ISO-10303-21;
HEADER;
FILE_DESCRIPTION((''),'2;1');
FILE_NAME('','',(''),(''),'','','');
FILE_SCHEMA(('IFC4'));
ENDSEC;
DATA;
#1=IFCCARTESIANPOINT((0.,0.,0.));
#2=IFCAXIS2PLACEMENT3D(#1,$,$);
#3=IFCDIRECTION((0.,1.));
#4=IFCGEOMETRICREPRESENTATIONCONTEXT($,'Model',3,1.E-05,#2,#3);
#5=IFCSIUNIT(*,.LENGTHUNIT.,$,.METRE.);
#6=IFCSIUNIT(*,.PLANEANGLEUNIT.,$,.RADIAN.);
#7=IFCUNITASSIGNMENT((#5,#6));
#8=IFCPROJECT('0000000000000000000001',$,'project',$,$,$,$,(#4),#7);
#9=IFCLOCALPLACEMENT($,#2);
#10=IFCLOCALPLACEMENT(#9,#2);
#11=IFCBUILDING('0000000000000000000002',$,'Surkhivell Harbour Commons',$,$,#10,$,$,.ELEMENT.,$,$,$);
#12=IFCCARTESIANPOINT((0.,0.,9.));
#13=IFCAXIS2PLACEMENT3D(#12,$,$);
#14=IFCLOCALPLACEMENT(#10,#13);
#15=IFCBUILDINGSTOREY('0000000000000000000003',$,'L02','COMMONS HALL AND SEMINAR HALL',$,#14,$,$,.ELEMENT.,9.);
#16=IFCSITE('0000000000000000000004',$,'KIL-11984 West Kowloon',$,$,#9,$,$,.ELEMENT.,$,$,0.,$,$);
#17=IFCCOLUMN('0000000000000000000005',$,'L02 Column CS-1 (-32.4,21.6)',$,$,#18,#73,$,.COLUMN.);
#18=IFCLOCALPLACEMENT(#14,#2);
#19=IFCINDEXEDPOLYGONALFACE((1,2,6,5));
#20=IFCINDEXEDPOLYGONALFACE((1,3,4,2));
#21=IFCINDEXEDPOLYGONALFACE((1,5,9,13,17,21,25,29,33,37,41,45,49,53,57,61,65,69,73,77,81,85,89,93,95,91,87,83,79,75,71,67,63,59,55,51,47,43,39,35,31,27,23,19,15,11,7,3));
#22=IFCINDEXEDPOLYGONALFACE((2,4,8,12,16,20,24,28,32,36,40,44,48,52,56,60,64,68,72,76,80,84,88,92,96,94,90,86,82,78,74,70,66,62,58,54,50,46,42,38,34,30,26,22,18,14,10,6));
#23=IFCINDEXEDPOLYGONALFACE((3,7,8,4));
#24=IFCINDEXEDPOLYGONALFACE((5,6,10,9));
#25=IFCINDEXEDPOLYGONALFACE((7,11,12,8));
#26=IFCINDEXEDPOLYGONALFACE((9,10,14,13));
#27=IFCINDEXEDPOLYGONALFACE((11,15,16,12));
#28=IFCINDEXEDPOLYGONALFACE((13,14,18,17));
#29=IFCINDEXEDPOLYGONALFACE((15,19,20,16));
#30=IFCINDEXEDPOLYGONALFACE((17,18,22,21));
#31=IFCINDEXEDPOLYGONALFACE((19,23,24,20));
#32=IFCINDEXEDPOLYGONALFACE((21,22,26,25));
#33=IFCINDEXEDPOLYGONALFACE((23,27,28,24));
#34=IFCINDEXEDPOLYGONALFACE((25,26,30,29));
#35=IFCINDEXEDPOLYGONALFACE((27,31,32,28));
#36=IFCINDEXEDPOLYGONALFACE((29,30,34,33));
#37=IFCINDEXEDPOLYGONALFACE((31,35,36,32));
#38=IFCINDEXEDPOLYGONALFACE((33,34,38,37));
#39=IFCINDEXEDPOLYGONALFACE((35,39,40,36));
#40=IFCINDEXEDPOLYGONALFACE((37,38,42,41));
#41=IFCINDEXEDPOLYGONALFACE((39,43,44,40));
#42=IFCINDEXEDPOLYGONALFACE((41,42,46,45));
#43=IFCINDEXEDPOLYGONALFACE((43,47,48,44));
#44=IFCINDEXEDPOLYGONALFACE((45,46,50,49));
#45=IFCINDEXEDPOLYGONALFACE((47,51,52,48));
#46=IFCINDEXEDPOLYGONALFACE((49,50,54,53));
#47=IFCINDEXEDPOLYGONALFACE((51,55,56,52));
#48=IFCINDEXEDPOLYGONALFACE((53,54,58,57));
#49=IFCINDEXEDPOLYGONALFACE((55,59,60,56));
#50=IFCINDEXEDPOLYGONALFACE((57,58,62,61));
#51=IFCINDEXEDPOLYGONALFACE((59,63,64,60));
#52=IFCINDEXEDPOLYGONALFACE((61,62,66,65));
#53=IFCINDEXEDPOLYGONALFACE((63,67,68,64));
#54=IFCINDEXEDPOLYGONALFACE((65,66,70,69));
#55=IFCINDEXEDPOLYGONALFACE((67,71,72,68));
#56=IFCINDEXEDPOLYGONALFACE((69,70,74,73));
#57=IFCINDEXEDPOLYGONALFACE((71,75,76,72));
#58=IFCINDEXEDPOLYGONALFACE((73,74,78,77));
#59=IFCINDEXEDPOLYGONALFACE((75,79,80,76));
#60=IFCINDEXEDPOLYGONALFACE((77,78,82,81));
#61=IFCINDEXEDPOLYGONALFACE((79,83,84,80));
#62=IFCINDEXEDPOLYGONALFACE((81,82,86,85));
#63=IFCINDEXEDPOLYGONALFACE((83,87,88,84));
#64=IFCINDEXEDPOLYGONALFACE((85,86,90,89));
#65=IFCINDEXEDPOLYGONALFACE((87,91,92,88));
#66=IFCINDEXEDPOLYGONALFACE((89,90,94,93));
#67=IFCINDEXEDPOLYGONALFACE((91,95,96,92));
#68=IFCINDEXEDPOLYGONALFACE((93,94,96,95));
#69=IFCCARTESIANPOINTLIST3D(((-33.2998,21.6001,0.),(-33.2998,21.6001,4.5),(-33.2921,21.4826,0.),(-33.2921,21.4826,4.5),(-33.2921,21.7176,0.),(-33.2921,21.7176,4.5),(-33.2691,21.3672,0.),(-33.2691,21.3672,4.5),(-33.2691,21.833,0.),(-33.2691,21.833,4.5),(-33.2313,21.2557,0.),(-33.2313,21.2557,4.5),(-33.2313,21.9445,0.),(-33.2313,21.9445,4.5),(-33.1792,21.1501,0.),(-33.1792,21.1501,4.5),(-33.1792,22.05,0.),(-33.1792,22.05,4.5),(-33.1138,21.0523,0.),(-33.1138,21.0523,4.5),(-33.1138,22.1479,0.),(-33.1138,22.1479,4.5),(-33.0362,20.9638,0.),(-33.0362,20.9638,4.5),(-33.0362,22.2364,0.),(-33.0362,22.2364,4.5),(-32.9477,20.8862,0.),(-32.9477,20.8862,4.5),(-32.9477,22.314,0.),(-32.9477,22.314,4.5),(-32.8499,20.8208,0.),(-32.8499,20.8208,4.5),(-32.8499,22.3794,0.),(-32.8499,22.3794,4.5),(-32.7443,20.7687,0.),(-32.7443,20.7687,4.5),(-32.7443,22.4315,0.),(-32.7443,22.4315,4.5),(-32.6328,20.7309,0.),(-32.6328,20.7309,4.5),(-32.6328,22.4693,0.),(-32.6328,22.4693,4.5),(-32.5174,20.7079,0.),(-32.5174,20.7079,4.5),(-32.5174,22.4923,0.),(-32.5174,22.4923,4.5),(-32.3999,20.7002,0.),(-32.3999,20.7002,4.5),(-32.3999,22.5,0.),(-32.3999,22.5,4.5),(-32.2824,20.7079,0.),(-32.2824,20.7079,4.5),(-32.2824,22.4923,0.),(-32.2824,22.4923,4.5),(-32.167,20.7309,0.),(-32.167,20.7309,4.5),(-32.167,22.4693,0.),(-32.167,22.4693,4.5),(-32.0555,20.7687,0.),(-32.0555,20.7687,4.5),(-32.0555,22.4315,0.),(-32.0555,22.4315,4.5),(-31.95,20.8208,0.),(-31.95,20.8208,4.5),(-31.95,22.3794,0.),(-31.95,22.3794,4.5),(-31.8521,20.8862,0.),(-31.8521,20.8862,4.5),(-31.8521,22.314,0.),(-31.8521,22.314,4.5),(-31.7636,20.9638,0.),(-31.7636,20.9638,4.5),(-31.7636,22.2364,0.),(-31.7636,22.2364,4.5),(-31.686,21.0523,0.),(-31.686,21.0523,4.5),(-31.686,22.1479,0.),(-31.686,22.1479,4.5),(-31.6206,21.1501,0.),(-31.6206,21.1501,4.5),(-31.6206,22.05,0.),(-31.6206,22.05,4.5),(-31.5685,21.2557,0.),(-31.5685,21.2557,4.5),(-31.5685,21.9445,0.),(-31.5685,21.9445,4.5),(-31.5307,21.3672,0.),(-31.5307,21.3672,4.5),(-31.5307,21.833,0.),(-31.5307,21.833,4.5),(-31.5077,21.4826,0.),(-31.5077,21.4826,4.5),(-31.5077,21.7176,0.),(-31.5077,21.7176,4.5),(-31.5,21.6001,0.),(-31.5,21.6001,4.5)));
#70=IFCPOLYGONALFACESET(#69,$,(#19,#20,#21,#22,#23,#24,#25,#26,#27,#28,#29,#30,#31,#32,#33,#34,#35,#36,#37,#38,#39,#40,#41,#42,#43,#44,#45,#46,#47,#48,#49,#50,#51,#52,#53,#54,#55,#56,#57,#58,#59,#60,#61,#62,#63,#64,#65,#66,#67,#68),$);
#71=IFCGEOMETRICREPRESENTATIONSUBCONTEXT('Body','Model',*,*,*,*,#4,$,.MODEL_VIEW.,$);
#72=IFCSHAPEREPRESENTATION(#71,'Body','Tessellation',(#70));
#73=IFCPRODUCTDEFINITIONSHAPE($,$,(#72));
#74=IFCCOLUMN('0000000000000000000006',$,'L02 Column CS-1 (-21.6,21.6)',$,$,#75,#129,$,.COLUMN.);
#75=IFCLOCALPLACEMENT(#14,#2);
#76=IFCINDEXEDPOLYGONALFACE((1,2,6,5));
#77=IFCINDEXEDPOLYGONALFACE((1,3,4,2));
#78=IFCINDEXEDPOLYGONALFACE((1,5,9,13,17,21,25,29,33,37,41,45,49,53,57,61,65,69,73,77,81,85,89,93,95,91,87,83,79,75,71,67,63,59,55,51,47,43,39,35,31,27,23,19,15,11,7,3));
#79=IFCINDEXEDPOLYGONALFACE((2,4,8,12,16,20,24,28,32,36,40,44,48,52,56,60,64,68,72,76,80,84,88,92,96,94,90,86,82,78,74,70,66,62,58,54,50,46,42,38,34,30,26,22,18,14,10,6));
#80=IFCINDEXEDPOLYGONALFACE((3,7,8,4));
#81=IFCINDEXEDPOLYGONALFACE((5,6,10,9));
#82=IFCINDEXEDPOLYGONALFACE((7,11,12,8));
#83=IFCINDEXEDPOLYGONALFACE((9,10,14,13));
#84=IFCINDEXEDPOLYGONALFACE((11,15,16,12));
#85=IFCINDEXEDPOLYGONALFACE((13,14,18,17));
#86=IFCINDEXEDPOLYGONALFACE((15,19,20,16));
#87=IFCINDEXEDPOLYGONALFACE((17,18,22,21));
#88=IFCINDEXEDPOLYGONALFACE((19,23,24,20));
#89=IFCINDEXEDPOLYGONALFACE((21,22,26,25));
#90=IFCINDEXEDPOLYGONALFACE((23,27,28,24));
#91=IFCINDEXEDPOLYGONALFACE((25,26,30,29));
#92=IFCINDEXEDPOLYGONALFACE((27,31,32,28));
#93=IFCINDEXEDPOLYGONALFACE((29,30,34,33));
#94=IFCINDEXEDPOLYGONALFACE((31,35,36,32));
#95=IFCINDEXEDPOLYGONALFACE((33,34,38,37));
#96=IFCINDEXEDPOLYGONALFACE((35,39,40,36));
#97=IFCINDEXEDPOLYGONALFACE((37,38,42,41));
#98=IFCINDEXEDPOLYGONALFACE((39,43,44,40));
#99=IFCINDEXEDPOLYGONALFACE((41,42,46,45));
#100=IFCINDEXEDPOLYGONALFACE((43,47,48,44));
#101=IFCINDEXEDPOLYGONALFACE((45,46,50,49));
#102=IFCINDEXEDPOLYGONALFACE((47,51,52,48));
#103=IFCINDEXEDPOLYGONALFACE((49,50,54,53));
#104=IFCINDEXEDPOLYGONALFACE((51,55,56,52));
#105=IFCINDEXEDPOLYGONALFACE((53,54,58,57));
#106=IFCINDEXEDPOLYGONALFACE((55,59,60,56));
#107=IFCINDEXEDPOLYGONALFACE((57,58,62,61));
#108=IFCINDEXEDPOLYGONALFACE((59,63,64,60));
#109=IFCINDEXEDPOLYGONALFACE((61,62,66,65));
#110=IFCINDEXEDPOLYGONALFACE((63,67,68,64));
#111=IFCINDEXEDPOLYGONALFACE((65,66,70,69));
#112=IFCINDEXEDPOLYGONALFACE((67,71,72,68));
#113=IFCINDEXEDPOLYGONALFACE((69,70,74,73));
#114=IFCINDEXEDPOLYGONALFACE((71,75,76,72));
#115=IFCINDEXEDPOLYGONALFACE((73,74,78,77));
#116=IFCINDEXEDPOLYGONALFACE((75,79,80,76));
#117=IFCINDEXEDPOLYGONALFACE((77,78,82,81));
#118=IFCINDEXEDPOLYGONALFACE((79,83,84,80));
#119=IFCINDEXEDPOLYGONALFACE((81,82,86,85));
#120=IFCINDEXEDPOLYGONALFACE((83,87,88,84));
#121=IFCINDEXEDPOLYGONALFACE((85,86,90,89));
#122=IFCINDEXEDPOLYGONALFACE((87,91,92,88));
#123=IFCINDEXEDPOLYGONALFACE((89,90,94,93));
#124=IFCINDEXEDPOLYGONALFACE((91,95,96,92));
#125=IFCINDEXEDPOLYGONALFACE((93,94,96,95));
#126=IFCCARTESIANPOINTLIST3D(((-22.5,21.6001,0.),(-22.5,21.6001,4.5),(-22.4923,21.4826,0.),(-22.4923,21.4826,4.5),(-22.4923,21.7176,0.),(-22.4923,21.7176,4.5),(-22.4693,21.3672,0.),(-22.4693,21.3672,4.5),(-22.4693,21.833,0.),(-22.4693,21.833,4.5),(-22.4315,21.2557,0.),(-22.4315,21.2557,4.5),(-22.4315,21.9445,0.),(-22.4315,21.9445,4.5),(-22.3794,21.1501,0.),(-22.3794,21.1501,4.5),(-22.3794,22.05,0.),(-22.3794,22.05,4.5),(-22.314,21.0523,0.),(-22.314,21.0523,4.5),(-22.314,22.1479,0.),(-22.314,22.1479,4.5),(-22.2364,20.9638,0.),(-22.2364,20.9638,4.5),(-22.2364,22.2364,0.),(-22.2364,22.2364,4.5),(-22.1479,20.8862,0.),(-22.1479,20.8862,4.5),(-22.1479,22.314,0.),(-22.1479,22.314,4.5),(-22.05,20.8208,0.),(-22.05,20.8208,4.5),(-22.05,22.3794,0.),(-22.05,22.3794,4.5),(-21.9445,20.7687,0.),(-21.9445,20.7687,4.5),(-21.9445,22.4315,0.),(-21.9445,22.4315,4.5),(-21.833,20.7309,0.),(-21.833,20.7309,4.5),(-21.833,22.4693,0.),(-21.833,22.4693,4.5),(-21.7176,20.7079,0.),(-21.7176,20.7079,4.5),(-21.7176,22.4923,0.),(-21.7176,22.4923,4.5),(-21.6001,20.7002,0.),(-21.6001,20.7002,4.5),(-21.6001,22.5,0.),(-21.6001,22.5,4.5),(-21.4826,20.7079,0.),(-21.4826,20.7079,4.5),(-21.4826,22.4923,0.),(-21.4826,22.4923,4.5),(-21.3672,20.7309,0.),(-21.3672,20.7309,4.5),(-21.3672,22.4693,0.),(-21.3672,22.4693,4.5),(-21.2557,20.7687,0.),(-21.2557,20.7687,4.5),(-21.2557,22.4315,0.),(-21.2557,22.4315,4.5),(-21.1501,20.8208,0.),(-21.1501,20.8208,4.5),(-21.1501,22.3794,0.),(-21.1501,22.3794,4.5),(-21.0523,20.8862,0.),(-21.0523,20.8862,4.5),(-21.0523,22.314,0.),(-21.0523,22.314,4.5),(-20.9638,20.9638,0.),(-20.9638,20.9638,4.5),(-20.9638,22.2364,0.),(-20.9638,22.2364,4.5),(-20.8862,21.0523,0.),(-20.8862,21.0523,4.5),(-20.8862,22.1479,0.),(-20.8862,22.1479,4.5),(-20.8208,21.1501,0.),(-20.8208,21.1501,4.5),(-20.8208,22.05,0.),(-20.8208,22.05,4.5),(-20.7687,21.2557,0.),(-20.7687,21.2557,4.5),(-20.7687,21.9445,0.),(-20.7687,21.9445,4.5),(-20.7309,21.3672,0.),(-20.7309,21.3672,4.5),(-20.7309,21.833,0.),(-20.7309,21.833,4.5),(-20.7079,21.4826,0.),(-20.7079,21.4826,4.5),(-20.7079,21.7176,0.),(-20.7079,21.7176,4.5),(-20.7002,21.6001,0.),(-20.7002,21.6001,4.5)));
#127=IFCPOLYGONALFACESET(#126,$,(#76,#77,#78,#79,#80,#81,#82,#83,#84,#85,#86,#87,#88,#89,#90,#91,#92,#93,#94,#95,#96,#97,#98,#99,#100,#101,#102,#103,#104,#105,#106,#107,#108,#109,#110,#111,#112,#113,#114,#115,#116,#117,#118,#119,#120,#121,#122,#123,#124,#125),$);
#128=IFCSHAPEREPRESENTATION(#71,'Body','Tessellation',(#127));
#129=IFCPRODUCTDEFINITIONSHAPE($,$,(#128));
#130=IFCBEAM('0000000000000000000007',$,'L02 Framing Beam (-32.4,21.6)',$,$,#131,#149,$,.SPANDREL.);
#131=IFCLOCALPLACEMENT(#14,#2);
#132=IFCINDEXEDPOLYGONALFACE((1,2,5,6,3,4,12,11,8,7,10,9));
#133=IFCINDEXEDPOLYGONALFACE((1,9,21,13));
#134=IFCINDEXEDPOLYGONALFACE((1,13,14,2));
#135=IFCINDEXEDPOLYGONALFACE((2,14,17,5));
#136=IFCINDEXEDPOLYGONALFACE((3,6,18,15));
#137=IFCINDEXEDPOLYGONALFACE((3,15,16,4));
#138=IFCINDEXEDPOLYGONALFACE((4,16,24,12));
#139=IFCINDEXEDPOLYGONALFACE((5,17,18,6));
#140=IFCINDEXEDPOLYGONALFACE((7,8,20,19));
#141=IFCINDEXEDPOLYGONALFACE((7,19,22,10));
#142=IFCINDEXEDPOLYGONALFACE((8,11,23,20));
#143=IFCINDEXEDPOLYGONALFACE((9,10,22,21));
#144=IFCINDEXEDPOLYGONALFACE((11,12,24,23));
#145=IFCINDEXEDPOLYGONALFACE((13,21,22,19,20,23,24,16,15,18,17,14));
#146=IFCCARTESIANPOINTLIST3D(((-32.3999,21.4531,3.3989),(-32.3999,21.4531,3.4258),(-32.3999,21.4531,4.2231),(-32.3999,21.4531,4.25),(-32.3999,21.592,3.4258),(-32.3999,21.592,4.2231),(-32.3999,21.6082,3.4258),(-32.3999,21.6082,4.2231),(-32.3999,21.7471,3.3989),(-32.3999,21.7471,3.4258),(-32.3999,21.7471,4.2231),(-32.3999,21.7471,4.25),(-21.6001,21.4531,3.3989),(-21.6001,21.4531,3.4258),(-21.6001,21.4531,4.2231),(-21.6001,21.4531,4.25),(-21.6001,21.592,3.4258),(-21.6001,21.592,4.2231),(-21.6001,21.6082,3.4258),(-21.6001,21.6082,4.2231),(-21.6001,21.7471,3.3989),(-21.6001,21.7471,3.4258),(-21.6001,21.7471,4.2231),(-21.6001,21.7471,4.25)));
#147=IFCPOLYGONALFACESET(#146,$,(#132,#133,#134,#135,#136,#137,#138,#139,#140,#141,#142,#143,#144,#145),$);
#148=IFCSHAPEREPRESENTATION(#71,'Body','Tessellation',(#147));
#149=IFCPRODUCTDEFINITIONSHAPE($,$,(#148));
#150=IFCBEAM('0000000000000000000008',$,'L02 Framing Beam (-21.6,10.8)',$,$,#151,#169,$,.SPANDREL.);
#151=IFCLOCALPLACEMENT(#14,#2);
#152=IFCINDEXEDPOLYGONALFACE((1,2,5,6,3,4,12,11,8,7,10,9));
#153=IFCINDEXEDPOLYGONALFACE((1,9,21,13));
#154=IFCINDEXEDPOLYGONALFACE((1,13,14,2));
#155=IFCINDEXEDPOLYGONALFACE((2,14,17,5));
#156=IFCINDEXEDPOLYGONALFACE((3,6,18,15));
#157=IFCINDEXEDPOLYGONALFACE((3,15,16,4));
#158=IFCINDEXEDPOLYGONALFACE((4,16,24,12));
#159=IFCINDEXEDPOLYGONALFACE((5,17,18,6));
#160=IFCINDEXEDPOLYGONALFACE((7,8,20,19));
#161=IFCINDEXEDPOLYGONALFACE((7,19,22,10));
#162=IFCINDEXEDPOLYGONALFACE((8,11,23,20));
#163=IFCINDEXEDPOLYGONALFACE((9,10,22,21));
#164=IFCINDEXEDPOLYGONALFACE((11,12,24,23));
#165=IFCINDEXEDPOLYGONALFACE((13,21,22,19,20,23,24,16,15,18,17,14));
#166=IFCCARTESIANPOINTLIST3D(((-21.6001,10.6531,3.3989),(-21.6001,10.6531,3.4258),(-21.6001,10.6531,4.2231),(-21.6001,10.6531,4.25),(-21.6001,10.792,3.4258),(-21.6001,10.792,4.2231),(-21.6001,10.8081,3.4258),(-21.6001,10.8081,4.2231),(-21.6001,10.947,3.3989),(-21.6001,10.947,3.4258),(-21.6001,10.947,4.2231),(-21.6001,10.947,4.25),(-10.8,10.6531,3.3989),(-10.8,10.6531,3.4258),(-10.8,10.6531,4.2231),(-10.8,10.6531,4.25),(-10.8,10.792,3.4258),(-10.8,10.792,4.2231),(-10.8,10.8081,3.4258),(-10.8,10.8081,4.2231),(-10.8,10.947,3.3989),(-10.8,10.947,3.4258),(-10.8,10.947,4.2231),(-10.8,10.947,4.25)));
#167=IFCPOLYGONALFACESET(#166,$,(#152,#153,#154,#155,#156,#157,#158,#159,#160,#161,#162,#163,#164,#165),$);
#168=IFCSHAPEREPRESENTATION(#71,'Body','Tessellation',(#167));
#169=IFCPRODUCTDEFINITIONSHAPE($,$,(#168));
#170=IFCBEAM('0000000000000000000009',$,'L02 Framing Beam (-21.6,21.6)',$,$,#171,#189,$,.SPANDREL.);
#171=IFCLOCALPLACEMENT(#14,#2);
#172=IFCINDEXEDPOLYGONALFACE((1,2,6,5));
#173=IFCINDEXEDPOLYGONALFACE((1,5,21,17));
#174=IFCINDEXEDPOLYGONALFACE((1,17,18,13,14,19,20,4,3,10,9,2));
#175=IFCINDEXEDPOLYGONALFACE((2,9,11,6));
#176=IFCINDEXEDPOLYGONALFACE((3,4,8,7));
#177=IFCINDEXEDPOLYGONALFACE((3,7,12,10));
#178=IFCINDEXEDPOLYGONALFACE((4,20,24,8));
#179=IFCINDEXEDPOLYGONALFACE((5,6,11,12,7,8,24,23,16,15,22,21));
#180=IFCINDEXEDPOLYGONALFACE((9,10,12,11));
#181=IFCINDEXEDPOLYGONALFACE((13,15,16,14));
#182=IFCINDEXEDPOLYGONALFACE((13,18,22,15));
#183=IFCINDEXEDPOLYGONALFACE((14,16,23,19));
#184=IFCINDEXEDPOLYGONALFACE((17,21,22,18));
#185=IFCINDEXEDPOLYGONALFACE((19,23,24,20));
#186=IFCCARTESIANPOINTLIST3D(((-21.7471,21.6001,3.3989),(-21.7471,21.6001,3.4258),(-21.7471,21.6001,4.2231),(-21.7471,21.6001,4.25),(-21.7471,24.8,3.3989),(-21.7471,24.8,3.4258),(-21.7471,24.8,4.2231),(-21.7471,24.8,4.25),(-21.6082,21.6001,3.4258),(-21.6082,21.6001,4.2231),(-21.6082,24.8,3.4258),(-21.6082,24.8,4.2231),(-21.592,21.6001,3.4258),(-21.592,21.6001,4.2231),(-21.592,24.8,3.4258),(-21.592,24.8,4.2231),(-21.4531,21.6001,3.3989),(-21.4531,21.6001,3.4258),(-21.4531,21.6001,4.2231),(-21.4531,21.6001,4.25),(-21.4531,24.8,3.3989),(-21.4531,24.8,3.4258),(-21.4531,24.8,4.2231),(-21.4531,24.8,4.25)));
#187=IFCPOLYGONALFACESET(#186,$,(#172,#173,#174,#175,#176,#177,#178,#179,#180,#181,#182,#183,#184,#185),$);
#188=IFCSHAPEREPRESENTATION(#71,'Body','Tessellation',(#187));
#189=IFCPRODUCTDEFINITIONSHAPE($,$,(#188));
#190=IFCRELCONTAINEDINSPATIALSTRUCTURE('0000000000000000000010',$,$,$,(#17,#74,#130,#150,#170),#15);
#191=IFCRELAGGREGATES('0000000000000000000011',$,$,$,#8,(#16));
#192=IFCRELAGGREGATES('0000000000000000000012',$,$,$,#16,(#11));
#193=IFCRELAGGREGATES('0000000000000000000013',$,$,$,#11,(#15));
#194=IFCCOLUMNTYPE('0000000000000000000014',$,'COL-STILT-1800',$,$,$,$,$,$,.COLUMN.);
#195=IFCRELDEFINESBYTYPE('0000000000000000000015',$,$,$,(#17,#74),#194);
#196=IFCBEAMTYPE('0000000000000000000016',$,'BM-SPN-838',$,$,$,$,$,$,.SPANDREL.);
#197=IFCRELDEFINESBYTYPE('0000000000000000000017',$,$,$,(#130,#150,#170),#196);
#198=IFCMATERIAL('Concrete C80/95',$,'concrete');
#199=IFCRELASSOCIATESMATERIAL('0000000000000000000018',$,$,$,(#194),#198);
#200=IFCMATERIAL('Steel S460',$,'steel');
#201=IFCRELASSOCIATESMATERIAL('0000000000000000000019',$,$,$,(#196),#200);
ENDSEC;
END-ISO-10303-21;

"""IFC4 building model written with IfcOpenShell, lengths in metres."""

from ifc_helpers import new_model, si_unit, direction, frame, origin, origin_2d, place, context, subcontext, project, spatial, circle, i_section, extrude, material, material_profile, profile_set, type_object, element, save


model = new_model("IFC4")

# Units and contexts
model_context = context("Model", 3, precision=1e-05, world=origin(), true_north=direction((0.0, 1.0)))
body_context = subcontext(model_context, "Body", "Model", "MODEL_VIEW")
ifc_project = project(units=[si_unit("LENGTHUNIT", "METRE"), si_unit("PLANEANGLEUNIT", "RADIAN")], contexts=[model_context])

# Site, building, storey
site_placement = place(None, origin())
site = spatial("IfcSite", under=ifc_project, at=site_placement, Name="KIL-11984 West Kowloon", CompositionType="ELEMENT", RefElevation=0.0)
building_placement = place(site_placement, origin())
building = spatial("IfcBuilding", under=site, at=building_placement, Name="Surkhivell Harbour Commons", CompositionType="ELEMENT")
storey_placement = place(building_placement, frame((0.0, 0.0, 9.0)))
storey = spatial("IfcBuildingStorey", under=building, at=storey_placement, Name="L02", Description="COMMONS HALL AND SEMINAR HALL", CompositionType="ELEMENT", Elevation=9.0)

# Columns
ifc_material_1 = material(Name="Concrete C80/95", Category="concrete")
ifc_material_profile_1 = material_profile(ifc_material_1, circle(Radius=0.8999, at=origin_2d()), Name="RC-CIRC-1800")
ifc_profile_set_1 = profile_set([ifc_material_profile_1], Name="Concrete C80/95")
column_type = type_object("IfcColumnType", Name="COL-STILT-1800", PredefinedType="COLUMN", material=ifc_profile_set_1)
for number, where, z_axis, x_axis, name in (
    (1, (-32.3999, 21.6001, 0.0), (0.0, 0.0, 1.0), (1.0, 0.0, 0.0), "L02 Column CS-1 (-32.4,21.6)"),
    (2, (-21.6001, 21.6001, 0.0), (0.0, 0.0, 1.0), (1.0, 0.0, 0.0), "L02 Column CS-1 (-21.6,21.6)"),
):
    element("IfcColumn", number, at=place(storey_placement, frame(where, z_axis=z_axis, x_axis=x_axis)), inside=storey, type_object=column_type, Name=name, PredefinedType="COLUMN", context=body_context, shape_type="SweptSolid", body=[
        extrude(circle(Radius=0.8999, at=origin_2d()), origin(), (0.0, 0.0, 1.0), 4.5),
    ])

# Beams
ifc_material_2 = material(Name="Steel S460", Category="steel")
ifc_material_profile_2 = material_profile(ifc_material_2, i_section(OverallWidth=0.2939, OverallDepth=0.8511, WebThickness=0.0161, FlangeThickness=0.0269, at=origin_2d()), Name="UB838x292x226")
ifc_profile_set_2 = profile_set([ifc_material_profile_2], Name="Steel S460")
beam_type = type_object("IfcBeamType", Name="BM-SPN-838", PredefinedType="SPANDREL", material=ifc_profile_set_2)
beam_1_placement = place(storey_placement, frame((-32.3999, 21.6001, 3.8245), z_axis=(1.0, 0.0, 0.0), x_axis=(0.0, 1.0, 0.0)))
element("IfcBeam", 3, at=beam_1_placement, inside=storey, type_object=beam_type, Name="L02 Framing Beam (-32.4,21.6)", PredefinedType="SPANDREL", context=body_context, shape_type="SweptSolid", body=[
    extrude(i_section(OverallWidth=0.2939, OverallDepth=0.8511, WebThickness=0.0161, FlangeThickness=0.0269, at=origin_2d()), origin(), (0.0, 0.0, 1.0), 10.7998),
])
beam_2_placement = place(storey_placement, frame((-21.6001, 10.8, 3.8245), z_axis=(1.0, 0.0, 0.0), x_axis=(0.0, 1.0, 0.0)))
element("IfcBeam", 4, at=beam_2_placement, inside=storey, type_object=beam_type, Name="L02 Framing Beam (-21.6,10.8)", PredefinedType="SPANDREL", context=body_context, shape_type="SweptSolid", body=[
    extrude(i_section(OverallWidth=0.2939, OverallDepth=0.8511, WebThickness=0.0161, FlangeThickness=0.0269, at=origin_2d()), origin(), (0.0, 0.0, 1.0), 10.8),
])
beam_3_placement = place(storey_placement, frame((-21.6001, 21.6001, 3.8245), z_axis=(0.0, 1.0, 0.0), x_axis=(-1.0, 0.0, 0.0)))
element("IfcBeam", 5, at=beam_3_placement, inside=storey, type_object=beam_type, Name="L02 Framing Beam (-21.6,21.6)", PredefinedType="SPANDREL", context=body_context, shape_type="SweptSolid", body=[
    extrude(i_section(OverallWidth=0.2939, OverallDepth=0.8511, WebThickness=0.0161, FlangeThickness=0.0269, at=origin_2d()), origin(), (0.0, 0.0, 1.0), 3.2),
])

save(model, "model.ifc")
